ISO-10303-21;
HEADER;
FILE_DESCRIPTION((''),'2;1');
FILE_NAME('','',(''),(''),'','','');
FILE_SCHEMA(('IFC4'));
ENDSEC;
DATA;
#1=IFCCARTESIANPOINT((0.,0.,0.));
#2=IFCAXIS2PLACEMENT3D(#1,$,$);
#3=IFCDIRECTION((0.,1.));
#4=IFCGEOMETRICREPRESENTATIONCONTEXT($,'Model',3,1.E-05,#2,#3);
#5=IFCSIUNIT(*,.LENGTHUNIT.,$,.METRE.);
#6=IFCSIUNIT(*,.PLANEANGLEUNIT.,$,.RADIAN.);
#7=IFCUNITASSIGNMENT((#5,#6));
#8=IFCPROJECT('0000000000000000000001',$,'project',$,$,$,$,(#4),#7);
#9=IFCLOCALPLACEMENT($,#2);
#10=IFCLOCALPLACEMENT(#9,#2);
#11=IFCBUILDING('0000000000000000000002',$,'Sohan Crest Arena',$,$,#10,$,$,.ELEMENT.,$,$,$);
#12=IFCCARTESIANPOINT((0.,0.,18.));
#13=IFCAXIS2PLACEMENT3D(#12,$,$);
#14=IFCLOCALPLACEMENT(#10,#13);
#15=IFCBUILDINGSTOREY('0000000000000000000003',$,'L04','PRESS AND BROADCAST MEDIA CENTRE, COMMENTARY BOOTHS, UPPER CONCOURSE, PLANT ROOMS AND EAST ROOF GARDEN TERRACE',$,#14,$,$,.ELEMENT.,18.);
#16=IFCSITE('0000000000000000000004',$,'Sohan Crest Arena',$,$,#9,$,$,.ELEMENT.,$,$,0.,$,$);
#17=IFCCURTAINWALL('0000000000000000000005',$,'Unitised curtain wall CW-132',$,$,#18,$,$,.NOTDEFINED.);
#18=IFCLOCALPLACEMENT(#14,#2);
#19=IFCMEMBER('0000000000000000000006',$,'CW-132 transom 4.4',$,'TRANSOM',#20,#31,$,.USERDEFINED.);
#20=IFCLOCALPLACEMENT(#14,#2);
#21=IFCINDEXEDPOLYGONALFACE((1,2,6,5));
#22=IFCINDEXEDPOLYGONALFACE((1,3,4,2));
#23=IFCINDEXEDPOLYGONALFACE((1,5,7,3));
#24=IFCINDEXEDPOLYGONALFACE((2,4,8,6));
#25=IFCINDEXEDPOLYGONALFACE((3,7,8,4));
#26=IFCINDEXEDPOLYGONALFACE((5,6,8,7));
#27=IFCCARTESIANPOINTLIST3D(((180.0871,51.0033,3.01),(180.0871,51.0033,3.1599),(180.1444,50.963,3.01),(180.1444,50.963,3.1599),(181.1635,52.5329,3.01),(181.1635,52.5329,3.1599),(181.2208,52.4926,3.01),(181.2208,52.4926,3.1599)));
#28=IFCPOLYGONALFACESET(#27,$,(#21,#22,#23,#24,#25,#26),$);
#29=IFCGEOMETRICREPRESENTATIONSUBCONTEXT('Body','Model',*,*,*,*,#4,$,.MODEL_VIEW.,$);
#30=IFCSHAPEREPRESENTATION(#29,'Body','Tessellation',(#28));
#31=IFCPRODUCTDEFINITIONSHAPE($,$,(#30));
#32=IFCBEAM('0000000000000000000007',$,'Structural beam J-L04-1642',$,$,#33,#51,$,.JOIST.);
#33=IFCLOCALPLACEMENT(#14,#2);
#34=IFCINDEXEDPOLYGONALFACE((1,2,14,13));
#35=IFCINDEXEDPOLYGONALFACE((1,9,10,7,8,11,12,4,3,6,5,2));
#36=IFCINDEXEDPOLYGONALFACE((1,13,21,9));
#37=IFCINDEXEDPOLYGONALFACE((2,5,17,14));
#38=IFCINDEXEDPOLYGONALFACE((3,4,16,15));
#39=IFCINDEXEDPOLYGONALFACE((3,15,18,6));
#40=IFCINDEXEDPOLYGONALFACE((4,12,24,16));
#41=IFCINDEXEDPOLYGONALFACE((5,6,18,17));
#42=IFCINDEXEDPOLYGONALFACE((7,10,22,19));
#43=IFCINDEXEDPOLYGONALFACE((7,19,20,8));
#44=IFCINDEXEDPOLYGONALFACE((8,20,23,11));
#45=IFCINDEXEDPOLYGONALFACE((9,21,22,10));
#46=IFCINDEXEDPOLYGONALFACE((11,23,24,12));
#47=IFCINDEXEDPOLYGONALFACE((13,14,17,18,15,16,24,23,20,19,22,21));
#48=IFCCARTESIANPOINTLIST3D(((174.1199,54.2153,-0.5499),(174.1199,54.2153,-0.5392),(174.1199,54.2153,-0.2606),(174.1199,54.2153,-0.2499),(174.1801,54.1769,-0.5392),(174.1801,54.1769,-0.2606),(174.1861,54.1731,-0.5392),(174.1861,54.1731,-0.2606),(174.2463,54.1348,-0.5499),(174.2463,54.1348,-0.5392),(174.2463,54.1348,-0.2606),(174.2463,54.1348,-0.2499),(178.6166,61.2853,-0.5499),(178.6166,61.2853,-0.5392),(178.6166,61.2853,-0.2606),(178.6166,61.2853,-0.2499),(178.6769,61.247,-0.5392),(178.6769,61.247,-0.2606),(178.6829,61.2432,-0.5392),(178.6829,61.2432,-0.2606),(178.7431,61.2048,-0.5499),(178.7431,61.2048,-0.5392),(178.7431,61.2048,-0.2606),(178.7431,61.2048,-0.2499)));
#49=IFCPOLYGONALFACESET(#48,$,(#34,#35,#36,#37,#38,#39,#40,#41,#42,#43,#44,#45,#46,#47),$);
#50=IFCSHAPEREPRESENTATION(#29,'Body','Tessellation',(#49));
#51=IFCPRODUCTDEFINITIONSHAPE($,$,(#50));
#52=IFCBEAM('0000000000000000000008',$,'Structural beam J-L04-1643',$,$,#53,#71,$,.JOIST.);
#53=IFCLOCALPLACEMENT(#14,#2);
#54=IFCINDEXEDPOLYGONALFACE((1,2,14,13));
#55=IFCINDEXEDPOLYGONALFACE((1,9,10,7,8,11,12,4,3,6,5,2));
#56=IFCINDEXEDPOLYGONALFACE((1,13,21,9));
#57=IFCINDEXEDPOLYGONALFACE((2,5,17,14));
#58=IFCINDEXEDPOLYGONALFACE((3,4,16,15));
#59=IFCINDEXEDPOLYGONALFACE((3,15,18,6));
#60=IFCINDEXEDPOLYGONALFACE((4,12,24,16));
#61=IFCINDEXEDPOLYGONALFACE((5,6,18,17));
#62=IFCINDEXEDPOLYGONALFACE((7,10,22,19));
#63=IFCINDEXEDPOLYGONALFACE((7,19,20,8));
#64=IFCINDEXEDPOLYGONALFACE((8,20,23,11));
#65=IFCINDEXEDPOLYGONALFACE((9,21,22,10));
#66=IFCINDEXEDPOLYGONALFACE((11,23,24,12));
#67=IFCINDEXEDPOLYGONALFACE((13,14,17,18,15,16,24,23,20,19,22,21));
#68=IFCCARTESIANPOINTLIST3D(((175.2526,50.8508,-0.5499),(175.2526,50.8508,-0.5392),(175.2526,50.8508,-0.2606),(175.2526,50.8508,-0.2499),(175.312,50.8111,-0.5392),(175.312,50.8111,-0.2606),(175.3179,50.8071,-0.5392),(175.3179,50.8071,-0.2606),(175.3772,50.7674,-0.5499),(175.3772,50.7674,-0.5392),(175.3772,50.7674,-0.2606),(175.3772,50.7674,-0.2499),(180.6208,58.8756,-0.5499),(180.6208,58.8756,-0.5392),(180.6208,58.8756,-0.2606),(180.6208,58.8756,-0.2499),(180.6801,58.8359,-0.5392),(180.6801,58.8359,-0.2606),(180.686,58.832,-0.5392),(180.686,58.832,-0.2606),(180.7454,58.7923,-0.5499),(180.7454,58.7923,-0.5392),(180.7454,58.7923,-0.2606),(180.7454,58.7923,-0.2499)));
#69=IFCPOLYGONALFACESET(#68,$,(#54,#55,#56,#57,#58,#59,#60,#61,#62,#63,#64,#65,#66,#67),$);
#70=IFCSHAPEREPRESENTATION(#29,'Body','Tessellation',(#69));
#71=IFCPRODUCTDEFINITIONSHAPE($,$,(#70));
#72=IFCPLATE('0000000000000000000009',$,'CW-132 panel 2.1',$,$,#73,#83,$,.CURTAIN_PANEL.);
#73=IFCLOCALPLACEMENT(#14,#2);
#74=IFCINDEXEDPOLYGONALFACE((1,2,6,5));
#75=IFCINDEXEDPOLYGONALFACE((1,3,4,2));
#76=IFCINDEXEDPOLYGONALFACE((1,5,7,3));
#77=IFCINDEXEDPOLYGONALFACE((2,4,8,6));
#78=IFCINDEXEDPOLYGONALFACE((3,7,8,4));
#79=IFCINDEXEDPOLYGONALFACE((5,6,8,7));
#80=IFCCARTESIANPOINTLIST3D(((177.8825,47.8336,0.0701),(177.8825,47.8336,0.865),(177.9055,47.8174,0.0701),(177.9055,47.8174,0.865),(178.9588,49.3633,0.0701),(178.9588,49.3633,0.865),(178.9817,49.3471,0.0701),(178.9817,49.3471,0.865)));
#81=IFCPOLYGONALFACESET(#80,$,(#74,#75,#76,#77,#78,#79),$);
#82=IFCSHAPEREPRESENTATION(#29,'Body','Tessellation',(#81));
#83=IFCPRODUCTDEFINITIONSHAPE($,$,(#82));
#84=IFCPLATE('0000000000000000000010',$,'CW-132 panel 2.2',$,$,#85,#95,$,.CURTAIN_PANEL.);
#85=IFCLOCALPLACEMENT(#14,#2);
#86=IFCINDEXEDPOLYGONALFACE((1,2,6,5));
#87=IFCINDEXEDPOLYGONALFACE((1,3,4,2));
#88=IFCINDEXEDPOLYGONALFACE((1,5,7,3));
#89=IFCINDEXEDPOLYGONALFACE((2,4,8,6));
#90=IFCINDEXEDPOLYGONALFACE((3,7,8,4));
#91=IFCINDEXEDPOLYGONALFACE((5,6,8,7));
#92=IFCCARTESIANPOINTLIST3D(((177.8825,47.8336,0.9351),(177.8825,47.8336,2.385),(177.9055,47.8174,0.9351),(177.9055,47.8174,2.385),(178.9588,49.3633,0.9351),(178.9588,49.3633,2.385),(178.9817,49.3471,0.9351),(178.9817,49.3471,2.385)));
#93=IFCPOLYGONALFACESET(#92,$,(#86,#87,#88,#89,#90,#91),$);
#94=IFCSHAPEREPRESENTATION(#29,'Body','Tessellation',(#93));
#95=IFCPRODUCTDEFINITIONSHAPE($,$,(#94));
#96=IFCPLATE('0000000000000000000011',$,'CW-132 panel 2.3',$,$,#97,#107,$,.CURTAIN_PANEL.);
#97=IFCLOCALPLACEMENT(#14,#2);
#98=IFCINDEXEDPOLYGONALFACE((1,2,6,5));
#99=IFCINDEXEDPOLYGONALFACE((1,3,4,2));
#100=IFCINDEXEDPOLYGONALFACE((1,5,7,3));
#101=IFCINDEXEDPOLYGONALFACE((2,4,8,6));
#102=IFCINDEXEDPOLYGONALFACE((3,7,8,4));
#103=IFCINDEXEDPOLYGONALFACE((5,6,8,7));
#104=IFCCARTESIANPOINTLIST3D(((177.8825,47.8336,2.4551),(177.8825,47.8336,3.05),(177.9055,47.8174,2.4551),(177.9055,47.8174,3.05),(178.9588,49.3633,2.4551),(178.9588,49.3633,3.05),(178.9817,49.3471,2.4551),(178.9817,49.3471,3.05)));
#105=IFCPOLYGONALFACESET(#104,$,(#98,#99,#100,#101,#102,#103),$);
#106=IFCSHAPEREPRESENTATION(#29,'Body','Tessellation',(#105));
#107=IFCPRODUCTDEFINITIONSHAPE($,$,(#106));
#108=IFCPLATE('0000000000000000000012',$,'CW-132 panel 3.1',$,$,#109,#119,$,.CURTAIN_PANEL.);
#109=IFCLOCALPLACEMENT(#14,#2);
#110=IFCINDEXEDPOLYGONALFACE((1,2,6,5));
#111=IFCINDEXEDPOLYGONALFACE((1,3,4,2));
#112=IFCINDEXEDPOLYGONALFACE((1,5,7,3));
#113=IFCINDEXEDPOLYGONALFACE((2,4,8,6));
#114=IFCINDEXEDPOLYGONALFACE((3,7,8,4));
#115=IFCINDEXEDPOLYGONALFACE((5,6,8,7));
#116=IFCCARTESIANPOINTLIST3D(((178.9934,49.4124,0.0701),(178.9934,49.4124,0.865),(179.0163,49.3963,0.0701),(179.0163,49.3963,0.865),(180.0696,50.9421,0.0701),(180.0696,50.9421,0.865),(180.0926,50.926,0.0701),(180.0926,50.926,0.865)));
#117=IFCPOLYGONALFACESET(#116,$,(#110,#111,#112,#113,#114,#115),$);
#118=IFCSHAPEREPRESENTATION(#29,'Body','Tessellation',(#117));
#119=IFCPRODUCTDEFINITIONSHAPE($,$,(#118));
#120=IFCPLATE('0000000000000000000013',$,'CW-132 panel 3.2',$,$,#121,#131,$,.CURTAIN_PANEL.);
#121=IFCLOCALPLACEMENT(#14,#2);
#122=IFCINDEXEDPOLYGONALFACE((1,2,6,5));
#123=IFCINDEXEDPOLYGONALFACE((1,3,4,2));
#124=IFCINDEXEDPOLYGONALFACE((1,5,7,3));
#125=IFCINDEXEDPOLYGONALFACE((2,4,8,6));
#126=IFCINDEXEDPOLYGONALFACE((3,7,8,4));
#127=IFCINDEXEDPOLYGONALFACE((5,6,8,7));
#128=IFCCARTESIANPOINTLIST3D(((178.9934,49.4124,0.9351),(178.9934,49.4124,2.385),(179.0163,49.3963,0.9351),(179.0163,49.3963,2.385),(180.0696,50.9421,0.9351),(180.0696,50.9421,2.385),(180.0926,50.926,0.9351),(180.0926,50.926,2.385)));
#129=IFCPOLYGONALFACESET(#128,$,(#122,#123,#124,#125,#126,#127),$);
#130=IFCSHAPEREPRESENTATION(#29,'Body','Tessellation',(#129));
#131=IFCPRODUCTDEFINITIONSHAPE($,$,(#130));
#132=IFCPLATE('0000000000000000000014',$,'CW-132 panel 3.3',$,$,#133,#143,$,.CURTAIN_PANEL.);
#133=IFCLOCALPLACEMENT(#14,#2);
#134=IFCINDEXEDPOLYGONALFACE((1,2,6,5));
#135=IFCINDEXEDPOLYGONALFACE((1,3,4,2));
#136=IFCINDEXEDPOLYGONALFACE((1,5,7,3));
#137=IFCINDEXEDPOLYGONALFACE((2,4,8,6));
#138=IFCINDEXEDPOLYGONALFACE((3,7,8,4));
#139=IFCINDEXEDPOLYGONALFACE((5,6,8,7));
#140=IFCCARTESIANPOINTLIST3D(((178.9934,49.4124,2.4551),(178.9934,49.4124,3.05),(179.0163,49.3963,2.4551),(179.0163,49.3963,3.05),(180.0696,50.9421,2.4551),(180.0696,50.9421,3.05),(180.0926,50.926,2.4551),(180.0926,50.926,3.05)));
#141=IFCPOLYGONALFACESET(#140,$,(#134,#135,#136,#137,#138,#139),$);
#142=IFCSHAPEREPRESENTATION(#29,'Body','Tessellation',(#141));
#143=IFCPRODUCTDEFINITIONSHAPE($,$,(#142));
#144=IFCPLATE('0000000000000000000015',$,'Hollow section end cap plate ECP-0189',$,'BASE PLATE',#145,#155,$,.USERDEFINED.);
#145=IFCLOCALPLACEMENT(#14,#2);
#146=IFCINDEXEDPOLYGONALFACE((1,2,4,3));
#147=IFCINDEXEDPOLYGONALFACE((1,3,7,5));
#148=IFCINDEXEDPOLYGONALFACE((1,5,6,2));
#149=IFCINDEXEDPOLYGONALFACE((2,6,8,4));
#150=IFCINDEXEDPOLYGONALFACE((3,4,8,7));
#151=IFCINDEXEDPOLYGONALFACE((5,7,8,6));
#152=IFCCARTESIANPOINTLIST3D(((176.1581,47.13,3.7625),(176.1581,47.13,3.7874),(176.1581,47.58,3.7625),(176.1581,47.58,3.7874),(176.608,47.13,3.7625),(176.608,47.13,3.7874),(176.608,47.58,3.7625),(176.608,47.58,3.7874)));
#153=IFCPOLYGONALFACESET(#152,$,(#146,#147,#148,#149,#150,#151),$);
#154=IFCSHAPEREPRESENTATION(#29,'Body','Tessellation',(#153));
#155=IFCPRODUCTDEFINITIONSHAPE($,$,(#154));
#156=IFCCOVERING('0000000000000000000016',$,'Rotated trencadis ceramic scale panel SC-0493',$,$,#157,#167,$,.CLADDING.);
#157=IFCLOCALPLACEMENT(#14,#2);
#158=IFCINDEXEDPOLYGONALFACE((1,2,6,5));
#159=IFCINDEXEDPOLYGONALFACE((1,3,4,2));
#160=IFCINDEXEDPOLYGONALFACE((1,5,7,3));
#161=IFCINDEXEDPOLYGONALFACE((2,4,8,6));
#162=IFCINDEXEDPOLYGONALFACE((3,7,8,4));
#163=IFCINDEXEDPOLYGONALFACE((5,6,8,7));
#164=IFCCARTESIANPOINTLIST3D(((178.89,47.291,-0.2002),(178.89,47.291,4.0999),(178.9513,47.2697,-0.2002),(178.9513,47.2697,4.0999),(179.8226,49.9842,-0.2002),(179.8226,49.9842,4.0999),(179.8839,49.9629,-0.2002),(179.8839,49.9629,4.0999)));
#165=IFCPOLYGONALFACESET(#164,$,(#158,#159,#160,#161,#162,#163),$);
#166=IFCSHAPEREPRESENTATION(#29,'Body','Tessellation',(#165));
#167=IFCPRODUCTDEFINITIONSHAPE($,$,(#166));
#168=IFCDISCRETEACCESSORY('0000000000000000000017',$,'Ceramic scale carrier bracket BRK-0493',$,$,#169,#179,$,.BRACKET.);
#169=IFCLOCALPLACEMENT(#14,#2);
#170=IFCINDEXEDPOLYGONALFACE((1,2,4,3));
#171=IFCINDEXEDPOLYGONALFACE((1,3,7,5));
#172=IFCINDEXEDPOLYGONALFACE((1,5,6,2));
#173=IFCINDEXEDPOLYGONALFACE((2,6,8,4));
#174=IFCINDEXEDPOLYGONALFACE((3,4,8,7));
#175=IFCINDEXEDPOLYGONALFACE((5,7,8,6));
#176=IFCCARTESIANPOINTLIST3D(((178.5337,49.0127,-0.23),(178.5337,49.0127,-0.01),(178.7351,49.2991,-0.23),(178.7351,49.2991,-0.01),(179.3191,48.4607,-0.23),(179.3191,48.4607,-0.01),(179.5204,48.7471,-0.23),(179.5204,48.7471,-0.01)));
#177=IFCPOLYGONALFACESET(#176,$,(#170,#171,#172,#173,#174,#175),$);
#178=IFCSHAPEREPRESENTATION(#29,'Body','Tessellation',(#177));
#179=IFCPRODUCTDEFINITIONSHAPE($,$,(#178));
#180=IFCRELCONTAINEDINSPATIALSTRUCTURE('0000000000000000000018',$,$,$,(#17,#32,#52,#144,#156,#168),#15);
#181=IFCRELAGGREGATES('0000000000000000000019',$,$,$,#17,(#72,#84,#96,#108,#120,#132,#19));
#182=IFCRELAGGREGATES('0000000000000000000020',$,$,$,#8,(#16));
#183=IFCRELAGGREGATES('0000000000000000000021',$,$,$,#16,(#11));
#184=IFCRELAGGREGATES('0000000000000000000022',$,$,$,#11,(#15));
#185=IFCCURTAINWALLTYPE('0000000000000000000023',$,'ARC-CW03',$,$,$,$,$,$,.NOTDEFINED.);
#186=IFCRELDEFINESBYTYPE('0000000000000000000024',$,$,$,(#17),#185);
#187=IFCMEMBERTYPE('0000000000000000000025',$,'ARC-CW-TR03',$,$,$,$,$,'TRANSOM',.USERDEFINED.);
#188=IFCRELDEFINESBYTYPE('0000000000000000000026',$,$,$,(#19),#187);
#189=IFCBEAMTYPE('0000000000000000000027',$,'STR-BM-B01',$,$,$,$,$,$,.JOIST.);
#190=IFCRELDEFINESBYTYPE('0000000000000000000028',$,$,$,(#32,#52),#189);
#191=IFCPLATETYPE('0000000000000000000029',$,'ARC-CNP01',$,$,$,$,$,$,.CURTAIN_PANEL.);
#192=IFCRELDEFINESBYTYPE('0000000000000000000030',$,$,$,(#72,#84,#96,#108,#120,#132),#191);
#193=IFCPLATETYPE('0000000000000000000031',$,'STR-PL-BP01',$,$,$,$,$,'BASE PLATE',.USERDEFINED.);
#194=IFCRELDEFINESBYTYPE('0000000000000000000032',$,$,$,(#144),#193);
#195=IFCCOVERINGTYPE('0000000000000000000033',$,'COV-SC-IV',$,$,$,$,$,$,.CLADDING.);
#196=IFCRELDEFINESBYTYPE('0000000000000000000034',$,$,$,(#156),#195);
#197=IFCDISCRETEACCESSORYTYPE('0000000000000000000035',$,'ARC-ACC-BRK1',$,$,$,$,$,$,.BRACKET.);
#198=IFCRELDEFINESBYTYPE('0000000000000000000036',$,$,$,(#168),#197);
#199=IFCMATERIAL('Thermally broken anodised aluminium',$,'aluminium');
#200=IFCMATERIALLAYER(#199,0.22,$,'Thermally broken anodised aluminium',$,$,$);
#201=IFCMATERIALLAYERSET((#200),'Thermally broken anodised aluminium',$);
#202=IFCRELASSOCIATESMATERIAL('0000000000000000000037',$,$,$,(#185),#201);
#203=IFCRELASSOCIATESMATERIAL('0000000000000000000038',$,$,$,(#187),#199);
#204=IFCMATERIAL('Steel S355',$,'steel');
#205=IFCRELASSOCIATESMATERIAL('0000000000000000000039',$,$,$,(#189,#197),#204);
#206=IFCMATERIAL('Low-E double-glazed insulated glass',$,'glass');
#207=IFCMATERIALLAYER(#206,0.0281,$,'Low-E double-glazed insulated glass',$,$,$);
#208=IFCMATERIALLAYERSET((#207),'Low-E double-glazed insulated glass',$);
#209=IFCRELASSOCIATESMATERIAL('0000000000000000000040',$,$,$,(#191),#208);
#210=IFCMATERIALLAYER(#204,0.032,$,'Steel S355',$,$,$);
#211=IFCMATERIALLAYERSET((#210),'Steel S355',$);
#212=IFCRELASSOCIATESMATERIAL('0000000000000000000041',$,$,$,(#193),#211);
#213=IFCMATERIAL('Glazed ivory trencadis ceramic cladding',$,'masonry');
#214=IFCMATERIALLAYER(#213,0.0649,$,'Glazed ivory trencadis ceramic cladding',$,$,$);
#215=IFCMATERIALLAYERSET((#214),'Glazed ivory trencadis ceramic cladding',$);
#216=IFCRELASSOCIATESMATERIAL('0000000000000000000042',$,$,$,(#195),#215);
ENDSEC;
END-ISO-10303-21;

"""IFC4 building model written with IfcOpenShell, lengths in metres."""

from ifc_helpers import new_model, si_unit, direction, frame, origin, origin_2d, place, context, subcontext, project, spatial, rectangle, i_section, extrude, material, layer, layer_set, material_profile, profile_set, type_object, element, aggregate, save


model = new_model("IFC4")

# Units and contexts
model_context = context("Model", 3, precision=1e-05, world=origin(), true_north=direction((0.0, 1.0)))
body_context = subcontext(model_context, "Body", "Model", "MODEL_VIEW")
ifc_project = project(units=[si_unit("LENGTHUNIT", "METRE"), si_unit("PLANEANGLEUNIT", "RADIAN")], contexts=[model_context])

# Site, building, storey
site_placement = place(None, origin())
site = spatial("IfcSite", under=ifc_project, at=site_placement, Name="Sohan Crest Arena", CompositionType="ELEMENT", RefElevation=0.0)
building_placement = place(site_placement, origin())
building = spatial("IfcBuilding", under=site, at=building_placement, Name="Sohan Crest Arena", CompositionType="ELEMENT")
storey_placement = place(building_placement, frame((0.0, 0.0, 18.0)))
storey = spatial("IfcBuildingStorey", under=building, at=storey_placement, Name="L04", Description="PRESS AND BROADCAST MEDIA CENTRE, COMMENTARY BOOTHS, UPPER CONCOURSE, PLANT ROOMS AND EAST ROOF GARDEN TERRACE", CompositionType="ELEMENT", Elevation=18.0)

# Curtain wall, member
ifc_material_1 = material(Name="Thermally broken anodised aluminium", Category="aluminium")
ifc_layer_1 = layer(ifc_material_1, 0.22, Name="Thermally broken anodised aluminium")
ifc_layer_set_1 = layer_set([ifc_layer_1], Name="Thermally broken anodised aluminium")
curtain_wall_type = type_object("IfcCurtainWallType", Name="ARC-CW03", PredefinedType="NOTDEFINED", material=ifc_layer_set_1)
curtain_wall_placement = place(storey_placement, origin())
curtain_wall = element("IfcCurtainWall", 1, at=curtain_wall_placement, inside=storey, type_object=curtain_wall_type, Name="Unitised curtain wall CW-132", PredefinedType="NOTDEFINED")
ifc_material_profile_1 = material_profile(ifc_material_1, rectangle(XDim=0.0701, YDim=0.1499, at=origin_2d()), Name="ALU-TRAN 70x150")
ifc_profile_set_1 = profile_set([ifc_material_profile_1], Name="Thermally broken anodised aluminium")
member_type_1 = type_object("IfcMemberType", Name="ARC-CW-TR03", ElementType="TRANSOM", PredefinedType="USERDEFINED", material=ifc_profile_set_1)
member_1_placement = place(storey_placement, frame((180.1157, 50.9832, 3.085), z_axis=(0.575519, 0.817788, 0.0), x_axis=(-0.817788, 0.575519, 0.0)))
member_1 = element("IfcMember", 2, at=member_1_placement, type_object=member_type_1, Name="CW-132 transom 4.4", ObjectType="TRANSOM", PredefinedType="USERDEFINED", context=body_context, shape_type="SweptSolid", body=[
    extrude(rectangle(XDim=0.0701, YDim=0.1499, at=origin_2d()), origin(), (0.0, 0.0, 1.0), 1.8704),
])

# Beams
ifc_material_2 = material(Name="Steel S355", Category="steel")
ifc_material_profile_2 = material_profile(ifc_material_2, i_section(OverallWidth=0.1499, OverallDepth=0.3, WebThickness=0.0071, FlangeThickness=0.0107, at=origin_2d()), Name="IPE 300")
ifc_profile_set_2 = profile_set([ifc_material_profile_2], Name="Steel S355")
beam_type = type_object("IfcBeamType", Name="STR-BM-B01", PredefinedType="JOIST", material=ifc_profile_set_2)
beam_1_placement = place(storey_placement, frame((174.1831, 54.175, -0.3999), z_axis=(0.536679, 0.843786, 0.0), x_axis=(-0.843786, 0.536679, 0.0)))
element("IfcBeam", 3, at=beam_1_placement, inside=storey, type_object=beam_type, Name="Structural beam J-L04-1642", PredefinedType="JOIST", context=body_context, shape_type="SweptSolid", body=[
    extrude(i_section(OverallWidth=0.1499, OverallDepth=0.3, WebThickness=0.0071, FlangeThickness=0.0107, at=origin_2d()), origin(), (0.0, 0.0, 1.0), 8.3789),
])
beam_2_placement = place(storey_placement, frame((175.3149, 50.8091, -0.3999), z_axis=(0.556007, 0.831178, 0.0), x_axis=(-0.831178, 0.556007, 0.0)))
element("IfcBeam", 4, at=beam_2_placement, inside=storey, type_object=beam_type, Name="Structural beam J-L04-1643", PredefinedType="JOIST", context=body_context, shape_type="SweptSolid", body=[
    extrude(i_section(OverallWidth=0.1499, OverallDepth=0.3, WebThickness=0.0071, FlangeThickness=0.0107, at=origin_2d()), origin(), (0.0, 0.0, 1.0), 9.6548),
])

# Plates
ifc_material_3 = material(Name="Low-E double-glazed insulated glass", Category="glass")
ifc_layer_2 = layer(ifc_material_3, 0.0281, Name="Low-E double-glazed insulated glass")
ifc_layer_set_2 = layer_set([ifc_layer_2], Name="Low-E double-glazed insulated glass")
plate_type_1 = type_object("IfcPlateType", Name="ARC-CNP01", PredefinedType="CURTAIN_PANEL", material=ifc_layer_set_2)
plate_1_placement = place(storey_placement, frame((178.4321, 48.5903, 0.0701), z_axis=(0.0, 0.0, 1.0), x_axis=(0.575425, 0.817855, 0.0)))
plate_1 = element("IfcPlate", 5, at=plate_1_placement, type_object=plate_type_1, Name="CW-132 panel 2.1", PredefinedType="CURTAIN_PANEL", context=body_context, shape_type="SweptSolid", body=[
    extrude(rectangle(XDim=1.8704, YDim=0.0281, at=origin_2d()), origin(), (0.0, 0.0, 1.0), 0.7949),
])
plate_2_placement = place(storey_placement, frame((178.4321, 48.5903, 0.9351), z_axis=(0.0, 0.0, 1.0), x_axis=(0.575425, 0.817855, 0.0)))
plate_2 = element("IfcPlate", 6, at=plate_2_placement, type_object=plate_type_1, Name="CW-132 panel 2.2", PredefinedType="CURTAIN_PANEL", context=body_context, shape_type="SweptSolid", body=[
    extrude(rectangle(XDim=1.8704, YDim=0.0281, at=origin_2d()), origin(), (0.0, 0.0, 1.0), 1.45),
])
plate_3_placement = place(storey_placement, frame((178.4321, 48.5903, 2.4551), z_axis=(0.0, 0.0, 1.0), x_axis=(0.575425, 0.817855, 0.0)))
plate_3 = element("IfcPlate", 7, at=plate_3_placement, type_object=plate_type_1, Name="CW-132 panel 2.3", PredefinedType="CURTAIN_PANEL", context=body_context, shape_type="SweptSolid", body=[
    extrude(rectangle(XDim=1.8704, YDim=0.0281, at=origin_2d()), origin(), (0.0, 0.0, 1.0), 0.595),
])
plate_4_placement = place(storey_placement, frame((179.543, 50.1692, 0.0701), z_axis=(0.0, 0.0, 1.0), x_axis=(0.575425, 0.817855, 0.0)))
plate_4 = element("IfcPlate", 8, at=plate_4_placement, type_object=plate_type_1, Name="CW-132 panel 3.1", PredefinedType="CURTAIN_PANEL", context=body_context, shape_type="SweptSolid", body=[
    extrude(rectangle(XDim=1.8704, YDim=0.0281, at=origin_2d()), origin(), (0.0, 0.0, 1.0), 0.7949),
])
plate_5_placement = place(storey_placement, frame((179.543, 50.1692, 0.9351), z_axis=(0.0, 0.0, 1.0), x_axis=(0.575425, 0.817855, 0.0)))
plate_5 = element("IfcPlate", 9, at=plate_5_placement, type_object=plate_type_1, Name="CW-132 panel 3.2", PredefinedType="CURTAIN_PANEL", context=body_context, shape_type="SweptSolid", body=[
    extrude(rectangle(XDim=1.8704, YDim=0.0281, at=origin_2d()), origin(), (0.0, 0.0, 1.0), 1.45),
])
plate_6_placement = place(storey_placement, frame((179.543, 50.1692, 2.4551), z_axis=(0.0, 0.0, 1.0), x_axis=(0.575425, 0.817855, 0.0)))
plate_6 = element("IfcPlate", 10, at=plate_6_placement, type_object=plate_type_1, Name="CW-132 panel 3.3", PredefinedType="CURTAIN_PANEL", context=body_context, shape_type="SweptSolid", body=[
    extrude(rectangle(XDim=1.8704, YDim=0.0281, at=origin_2d()), origin(), (0.0, 0.0, 1.0), 0.595),
])
aggregate(curtain_wall, [plate_1, plate_2, plate_3, plate_4, plate_5, plate_6, member_1])
ifc_layer_3 = layer(ifc_material_2, 0.032, Name="Steel S355")
ifc_layer_set_3 = layer_set([ifc_layer_3], Name="Steel S355")
plate_type_2 = type_object("IfcPlateType", Name="STR-PL-BP01", ElementType="BASE PLATE", PredefinedType="USERDEFINED", material=ifc_layer_set_3)
plate_7_placement = place(storey_placement, frame((176.3831, 47.355, 3.7625), z_axis=(0.0, 0.0, 1.0), x_axis=(1.0, 0.0, 0.0)))
element("IfcPlate", 11, at=plate_7_placement, inside=storey, type_object=plate_type_2, Name="Hollow section end cap plate ECP-0189", ObjectType="BASE PLATE", PredefinedType="USERDEFINED", context=body_context, shape_type="SweptSolid", body=[
    extrude(rectangle(XDim=0.45, YDim=0.45, at=origin_2d()), origin(), (0.0, 0.0, 1.0), 0.0249),
])

# Covering
ifc_material_4 = material(Name="Glazed ivory trencadis ceramic cladding", Category="masonry")
ifc_layer_4 = layer(ifc_material_4, 0.0649, Name="Glazed ivory trencadis ceramic cladding")
ifc_layer_set_4 = layer_set([ifc_layer_4], Name="Glazed ivory trencadis ceramic cladding")
covering_type = type_object("IfcCoveringType", Name="COV-SC-IV", PredefinedType="CLADDING", material=ifc_layer_set_4)
covering_placement = place(storey_placement, frame((179.387, 48.627, -0.2002), z_axis=(0.0, 0.0, 1.0), x_axis=(0.327218, 0.944949, 0.0)))
element("IfcCovering", 12, at=covering_placement, inside=storey, type_object=covering_type, Name="Rotated trencadis ceramic scale panel SC-0493", PredefinedType="CLADDING", context=body_context, shape_type="SweptSolid", body=[
    extrude(rectangle(XDim=2.8501, YDim=0.0649, at=origin_2d()), origin(), (0.0, 0.0, 1.0), 4.3),
])

# Discrete accessory
discrete_accessory_type = type_object("IfcDiscreteAccessoryType", Name="ARC-ACC-BRK1", PredefinedType="BRACKET", material=ifc_material_2)
discrete_accessory_placement = place(storey_placement, frame((179.0271, 48.8799, -0.23), z_axis=(0.0, 0.0, 1.0), x_axis=(0.575005, 0.81815, 0.0)))
element("IfcDiscreteAccessory", 13, at=discrete_accessory_placement, inside=storey, type_object=discrete_accessory_type, Name="Ceramic scale carrier bracket BRK-0493", PredefinedType="BRACKET", context=body_context, shape_type="SweptSolid", body=[
    extrude(rectangle(XDim=0.3501, YDim=0.96, at=origin_2d()), origin(), (0.0, 0.0, 1.0), 0.22),
])

save(model, "model.ifc")
